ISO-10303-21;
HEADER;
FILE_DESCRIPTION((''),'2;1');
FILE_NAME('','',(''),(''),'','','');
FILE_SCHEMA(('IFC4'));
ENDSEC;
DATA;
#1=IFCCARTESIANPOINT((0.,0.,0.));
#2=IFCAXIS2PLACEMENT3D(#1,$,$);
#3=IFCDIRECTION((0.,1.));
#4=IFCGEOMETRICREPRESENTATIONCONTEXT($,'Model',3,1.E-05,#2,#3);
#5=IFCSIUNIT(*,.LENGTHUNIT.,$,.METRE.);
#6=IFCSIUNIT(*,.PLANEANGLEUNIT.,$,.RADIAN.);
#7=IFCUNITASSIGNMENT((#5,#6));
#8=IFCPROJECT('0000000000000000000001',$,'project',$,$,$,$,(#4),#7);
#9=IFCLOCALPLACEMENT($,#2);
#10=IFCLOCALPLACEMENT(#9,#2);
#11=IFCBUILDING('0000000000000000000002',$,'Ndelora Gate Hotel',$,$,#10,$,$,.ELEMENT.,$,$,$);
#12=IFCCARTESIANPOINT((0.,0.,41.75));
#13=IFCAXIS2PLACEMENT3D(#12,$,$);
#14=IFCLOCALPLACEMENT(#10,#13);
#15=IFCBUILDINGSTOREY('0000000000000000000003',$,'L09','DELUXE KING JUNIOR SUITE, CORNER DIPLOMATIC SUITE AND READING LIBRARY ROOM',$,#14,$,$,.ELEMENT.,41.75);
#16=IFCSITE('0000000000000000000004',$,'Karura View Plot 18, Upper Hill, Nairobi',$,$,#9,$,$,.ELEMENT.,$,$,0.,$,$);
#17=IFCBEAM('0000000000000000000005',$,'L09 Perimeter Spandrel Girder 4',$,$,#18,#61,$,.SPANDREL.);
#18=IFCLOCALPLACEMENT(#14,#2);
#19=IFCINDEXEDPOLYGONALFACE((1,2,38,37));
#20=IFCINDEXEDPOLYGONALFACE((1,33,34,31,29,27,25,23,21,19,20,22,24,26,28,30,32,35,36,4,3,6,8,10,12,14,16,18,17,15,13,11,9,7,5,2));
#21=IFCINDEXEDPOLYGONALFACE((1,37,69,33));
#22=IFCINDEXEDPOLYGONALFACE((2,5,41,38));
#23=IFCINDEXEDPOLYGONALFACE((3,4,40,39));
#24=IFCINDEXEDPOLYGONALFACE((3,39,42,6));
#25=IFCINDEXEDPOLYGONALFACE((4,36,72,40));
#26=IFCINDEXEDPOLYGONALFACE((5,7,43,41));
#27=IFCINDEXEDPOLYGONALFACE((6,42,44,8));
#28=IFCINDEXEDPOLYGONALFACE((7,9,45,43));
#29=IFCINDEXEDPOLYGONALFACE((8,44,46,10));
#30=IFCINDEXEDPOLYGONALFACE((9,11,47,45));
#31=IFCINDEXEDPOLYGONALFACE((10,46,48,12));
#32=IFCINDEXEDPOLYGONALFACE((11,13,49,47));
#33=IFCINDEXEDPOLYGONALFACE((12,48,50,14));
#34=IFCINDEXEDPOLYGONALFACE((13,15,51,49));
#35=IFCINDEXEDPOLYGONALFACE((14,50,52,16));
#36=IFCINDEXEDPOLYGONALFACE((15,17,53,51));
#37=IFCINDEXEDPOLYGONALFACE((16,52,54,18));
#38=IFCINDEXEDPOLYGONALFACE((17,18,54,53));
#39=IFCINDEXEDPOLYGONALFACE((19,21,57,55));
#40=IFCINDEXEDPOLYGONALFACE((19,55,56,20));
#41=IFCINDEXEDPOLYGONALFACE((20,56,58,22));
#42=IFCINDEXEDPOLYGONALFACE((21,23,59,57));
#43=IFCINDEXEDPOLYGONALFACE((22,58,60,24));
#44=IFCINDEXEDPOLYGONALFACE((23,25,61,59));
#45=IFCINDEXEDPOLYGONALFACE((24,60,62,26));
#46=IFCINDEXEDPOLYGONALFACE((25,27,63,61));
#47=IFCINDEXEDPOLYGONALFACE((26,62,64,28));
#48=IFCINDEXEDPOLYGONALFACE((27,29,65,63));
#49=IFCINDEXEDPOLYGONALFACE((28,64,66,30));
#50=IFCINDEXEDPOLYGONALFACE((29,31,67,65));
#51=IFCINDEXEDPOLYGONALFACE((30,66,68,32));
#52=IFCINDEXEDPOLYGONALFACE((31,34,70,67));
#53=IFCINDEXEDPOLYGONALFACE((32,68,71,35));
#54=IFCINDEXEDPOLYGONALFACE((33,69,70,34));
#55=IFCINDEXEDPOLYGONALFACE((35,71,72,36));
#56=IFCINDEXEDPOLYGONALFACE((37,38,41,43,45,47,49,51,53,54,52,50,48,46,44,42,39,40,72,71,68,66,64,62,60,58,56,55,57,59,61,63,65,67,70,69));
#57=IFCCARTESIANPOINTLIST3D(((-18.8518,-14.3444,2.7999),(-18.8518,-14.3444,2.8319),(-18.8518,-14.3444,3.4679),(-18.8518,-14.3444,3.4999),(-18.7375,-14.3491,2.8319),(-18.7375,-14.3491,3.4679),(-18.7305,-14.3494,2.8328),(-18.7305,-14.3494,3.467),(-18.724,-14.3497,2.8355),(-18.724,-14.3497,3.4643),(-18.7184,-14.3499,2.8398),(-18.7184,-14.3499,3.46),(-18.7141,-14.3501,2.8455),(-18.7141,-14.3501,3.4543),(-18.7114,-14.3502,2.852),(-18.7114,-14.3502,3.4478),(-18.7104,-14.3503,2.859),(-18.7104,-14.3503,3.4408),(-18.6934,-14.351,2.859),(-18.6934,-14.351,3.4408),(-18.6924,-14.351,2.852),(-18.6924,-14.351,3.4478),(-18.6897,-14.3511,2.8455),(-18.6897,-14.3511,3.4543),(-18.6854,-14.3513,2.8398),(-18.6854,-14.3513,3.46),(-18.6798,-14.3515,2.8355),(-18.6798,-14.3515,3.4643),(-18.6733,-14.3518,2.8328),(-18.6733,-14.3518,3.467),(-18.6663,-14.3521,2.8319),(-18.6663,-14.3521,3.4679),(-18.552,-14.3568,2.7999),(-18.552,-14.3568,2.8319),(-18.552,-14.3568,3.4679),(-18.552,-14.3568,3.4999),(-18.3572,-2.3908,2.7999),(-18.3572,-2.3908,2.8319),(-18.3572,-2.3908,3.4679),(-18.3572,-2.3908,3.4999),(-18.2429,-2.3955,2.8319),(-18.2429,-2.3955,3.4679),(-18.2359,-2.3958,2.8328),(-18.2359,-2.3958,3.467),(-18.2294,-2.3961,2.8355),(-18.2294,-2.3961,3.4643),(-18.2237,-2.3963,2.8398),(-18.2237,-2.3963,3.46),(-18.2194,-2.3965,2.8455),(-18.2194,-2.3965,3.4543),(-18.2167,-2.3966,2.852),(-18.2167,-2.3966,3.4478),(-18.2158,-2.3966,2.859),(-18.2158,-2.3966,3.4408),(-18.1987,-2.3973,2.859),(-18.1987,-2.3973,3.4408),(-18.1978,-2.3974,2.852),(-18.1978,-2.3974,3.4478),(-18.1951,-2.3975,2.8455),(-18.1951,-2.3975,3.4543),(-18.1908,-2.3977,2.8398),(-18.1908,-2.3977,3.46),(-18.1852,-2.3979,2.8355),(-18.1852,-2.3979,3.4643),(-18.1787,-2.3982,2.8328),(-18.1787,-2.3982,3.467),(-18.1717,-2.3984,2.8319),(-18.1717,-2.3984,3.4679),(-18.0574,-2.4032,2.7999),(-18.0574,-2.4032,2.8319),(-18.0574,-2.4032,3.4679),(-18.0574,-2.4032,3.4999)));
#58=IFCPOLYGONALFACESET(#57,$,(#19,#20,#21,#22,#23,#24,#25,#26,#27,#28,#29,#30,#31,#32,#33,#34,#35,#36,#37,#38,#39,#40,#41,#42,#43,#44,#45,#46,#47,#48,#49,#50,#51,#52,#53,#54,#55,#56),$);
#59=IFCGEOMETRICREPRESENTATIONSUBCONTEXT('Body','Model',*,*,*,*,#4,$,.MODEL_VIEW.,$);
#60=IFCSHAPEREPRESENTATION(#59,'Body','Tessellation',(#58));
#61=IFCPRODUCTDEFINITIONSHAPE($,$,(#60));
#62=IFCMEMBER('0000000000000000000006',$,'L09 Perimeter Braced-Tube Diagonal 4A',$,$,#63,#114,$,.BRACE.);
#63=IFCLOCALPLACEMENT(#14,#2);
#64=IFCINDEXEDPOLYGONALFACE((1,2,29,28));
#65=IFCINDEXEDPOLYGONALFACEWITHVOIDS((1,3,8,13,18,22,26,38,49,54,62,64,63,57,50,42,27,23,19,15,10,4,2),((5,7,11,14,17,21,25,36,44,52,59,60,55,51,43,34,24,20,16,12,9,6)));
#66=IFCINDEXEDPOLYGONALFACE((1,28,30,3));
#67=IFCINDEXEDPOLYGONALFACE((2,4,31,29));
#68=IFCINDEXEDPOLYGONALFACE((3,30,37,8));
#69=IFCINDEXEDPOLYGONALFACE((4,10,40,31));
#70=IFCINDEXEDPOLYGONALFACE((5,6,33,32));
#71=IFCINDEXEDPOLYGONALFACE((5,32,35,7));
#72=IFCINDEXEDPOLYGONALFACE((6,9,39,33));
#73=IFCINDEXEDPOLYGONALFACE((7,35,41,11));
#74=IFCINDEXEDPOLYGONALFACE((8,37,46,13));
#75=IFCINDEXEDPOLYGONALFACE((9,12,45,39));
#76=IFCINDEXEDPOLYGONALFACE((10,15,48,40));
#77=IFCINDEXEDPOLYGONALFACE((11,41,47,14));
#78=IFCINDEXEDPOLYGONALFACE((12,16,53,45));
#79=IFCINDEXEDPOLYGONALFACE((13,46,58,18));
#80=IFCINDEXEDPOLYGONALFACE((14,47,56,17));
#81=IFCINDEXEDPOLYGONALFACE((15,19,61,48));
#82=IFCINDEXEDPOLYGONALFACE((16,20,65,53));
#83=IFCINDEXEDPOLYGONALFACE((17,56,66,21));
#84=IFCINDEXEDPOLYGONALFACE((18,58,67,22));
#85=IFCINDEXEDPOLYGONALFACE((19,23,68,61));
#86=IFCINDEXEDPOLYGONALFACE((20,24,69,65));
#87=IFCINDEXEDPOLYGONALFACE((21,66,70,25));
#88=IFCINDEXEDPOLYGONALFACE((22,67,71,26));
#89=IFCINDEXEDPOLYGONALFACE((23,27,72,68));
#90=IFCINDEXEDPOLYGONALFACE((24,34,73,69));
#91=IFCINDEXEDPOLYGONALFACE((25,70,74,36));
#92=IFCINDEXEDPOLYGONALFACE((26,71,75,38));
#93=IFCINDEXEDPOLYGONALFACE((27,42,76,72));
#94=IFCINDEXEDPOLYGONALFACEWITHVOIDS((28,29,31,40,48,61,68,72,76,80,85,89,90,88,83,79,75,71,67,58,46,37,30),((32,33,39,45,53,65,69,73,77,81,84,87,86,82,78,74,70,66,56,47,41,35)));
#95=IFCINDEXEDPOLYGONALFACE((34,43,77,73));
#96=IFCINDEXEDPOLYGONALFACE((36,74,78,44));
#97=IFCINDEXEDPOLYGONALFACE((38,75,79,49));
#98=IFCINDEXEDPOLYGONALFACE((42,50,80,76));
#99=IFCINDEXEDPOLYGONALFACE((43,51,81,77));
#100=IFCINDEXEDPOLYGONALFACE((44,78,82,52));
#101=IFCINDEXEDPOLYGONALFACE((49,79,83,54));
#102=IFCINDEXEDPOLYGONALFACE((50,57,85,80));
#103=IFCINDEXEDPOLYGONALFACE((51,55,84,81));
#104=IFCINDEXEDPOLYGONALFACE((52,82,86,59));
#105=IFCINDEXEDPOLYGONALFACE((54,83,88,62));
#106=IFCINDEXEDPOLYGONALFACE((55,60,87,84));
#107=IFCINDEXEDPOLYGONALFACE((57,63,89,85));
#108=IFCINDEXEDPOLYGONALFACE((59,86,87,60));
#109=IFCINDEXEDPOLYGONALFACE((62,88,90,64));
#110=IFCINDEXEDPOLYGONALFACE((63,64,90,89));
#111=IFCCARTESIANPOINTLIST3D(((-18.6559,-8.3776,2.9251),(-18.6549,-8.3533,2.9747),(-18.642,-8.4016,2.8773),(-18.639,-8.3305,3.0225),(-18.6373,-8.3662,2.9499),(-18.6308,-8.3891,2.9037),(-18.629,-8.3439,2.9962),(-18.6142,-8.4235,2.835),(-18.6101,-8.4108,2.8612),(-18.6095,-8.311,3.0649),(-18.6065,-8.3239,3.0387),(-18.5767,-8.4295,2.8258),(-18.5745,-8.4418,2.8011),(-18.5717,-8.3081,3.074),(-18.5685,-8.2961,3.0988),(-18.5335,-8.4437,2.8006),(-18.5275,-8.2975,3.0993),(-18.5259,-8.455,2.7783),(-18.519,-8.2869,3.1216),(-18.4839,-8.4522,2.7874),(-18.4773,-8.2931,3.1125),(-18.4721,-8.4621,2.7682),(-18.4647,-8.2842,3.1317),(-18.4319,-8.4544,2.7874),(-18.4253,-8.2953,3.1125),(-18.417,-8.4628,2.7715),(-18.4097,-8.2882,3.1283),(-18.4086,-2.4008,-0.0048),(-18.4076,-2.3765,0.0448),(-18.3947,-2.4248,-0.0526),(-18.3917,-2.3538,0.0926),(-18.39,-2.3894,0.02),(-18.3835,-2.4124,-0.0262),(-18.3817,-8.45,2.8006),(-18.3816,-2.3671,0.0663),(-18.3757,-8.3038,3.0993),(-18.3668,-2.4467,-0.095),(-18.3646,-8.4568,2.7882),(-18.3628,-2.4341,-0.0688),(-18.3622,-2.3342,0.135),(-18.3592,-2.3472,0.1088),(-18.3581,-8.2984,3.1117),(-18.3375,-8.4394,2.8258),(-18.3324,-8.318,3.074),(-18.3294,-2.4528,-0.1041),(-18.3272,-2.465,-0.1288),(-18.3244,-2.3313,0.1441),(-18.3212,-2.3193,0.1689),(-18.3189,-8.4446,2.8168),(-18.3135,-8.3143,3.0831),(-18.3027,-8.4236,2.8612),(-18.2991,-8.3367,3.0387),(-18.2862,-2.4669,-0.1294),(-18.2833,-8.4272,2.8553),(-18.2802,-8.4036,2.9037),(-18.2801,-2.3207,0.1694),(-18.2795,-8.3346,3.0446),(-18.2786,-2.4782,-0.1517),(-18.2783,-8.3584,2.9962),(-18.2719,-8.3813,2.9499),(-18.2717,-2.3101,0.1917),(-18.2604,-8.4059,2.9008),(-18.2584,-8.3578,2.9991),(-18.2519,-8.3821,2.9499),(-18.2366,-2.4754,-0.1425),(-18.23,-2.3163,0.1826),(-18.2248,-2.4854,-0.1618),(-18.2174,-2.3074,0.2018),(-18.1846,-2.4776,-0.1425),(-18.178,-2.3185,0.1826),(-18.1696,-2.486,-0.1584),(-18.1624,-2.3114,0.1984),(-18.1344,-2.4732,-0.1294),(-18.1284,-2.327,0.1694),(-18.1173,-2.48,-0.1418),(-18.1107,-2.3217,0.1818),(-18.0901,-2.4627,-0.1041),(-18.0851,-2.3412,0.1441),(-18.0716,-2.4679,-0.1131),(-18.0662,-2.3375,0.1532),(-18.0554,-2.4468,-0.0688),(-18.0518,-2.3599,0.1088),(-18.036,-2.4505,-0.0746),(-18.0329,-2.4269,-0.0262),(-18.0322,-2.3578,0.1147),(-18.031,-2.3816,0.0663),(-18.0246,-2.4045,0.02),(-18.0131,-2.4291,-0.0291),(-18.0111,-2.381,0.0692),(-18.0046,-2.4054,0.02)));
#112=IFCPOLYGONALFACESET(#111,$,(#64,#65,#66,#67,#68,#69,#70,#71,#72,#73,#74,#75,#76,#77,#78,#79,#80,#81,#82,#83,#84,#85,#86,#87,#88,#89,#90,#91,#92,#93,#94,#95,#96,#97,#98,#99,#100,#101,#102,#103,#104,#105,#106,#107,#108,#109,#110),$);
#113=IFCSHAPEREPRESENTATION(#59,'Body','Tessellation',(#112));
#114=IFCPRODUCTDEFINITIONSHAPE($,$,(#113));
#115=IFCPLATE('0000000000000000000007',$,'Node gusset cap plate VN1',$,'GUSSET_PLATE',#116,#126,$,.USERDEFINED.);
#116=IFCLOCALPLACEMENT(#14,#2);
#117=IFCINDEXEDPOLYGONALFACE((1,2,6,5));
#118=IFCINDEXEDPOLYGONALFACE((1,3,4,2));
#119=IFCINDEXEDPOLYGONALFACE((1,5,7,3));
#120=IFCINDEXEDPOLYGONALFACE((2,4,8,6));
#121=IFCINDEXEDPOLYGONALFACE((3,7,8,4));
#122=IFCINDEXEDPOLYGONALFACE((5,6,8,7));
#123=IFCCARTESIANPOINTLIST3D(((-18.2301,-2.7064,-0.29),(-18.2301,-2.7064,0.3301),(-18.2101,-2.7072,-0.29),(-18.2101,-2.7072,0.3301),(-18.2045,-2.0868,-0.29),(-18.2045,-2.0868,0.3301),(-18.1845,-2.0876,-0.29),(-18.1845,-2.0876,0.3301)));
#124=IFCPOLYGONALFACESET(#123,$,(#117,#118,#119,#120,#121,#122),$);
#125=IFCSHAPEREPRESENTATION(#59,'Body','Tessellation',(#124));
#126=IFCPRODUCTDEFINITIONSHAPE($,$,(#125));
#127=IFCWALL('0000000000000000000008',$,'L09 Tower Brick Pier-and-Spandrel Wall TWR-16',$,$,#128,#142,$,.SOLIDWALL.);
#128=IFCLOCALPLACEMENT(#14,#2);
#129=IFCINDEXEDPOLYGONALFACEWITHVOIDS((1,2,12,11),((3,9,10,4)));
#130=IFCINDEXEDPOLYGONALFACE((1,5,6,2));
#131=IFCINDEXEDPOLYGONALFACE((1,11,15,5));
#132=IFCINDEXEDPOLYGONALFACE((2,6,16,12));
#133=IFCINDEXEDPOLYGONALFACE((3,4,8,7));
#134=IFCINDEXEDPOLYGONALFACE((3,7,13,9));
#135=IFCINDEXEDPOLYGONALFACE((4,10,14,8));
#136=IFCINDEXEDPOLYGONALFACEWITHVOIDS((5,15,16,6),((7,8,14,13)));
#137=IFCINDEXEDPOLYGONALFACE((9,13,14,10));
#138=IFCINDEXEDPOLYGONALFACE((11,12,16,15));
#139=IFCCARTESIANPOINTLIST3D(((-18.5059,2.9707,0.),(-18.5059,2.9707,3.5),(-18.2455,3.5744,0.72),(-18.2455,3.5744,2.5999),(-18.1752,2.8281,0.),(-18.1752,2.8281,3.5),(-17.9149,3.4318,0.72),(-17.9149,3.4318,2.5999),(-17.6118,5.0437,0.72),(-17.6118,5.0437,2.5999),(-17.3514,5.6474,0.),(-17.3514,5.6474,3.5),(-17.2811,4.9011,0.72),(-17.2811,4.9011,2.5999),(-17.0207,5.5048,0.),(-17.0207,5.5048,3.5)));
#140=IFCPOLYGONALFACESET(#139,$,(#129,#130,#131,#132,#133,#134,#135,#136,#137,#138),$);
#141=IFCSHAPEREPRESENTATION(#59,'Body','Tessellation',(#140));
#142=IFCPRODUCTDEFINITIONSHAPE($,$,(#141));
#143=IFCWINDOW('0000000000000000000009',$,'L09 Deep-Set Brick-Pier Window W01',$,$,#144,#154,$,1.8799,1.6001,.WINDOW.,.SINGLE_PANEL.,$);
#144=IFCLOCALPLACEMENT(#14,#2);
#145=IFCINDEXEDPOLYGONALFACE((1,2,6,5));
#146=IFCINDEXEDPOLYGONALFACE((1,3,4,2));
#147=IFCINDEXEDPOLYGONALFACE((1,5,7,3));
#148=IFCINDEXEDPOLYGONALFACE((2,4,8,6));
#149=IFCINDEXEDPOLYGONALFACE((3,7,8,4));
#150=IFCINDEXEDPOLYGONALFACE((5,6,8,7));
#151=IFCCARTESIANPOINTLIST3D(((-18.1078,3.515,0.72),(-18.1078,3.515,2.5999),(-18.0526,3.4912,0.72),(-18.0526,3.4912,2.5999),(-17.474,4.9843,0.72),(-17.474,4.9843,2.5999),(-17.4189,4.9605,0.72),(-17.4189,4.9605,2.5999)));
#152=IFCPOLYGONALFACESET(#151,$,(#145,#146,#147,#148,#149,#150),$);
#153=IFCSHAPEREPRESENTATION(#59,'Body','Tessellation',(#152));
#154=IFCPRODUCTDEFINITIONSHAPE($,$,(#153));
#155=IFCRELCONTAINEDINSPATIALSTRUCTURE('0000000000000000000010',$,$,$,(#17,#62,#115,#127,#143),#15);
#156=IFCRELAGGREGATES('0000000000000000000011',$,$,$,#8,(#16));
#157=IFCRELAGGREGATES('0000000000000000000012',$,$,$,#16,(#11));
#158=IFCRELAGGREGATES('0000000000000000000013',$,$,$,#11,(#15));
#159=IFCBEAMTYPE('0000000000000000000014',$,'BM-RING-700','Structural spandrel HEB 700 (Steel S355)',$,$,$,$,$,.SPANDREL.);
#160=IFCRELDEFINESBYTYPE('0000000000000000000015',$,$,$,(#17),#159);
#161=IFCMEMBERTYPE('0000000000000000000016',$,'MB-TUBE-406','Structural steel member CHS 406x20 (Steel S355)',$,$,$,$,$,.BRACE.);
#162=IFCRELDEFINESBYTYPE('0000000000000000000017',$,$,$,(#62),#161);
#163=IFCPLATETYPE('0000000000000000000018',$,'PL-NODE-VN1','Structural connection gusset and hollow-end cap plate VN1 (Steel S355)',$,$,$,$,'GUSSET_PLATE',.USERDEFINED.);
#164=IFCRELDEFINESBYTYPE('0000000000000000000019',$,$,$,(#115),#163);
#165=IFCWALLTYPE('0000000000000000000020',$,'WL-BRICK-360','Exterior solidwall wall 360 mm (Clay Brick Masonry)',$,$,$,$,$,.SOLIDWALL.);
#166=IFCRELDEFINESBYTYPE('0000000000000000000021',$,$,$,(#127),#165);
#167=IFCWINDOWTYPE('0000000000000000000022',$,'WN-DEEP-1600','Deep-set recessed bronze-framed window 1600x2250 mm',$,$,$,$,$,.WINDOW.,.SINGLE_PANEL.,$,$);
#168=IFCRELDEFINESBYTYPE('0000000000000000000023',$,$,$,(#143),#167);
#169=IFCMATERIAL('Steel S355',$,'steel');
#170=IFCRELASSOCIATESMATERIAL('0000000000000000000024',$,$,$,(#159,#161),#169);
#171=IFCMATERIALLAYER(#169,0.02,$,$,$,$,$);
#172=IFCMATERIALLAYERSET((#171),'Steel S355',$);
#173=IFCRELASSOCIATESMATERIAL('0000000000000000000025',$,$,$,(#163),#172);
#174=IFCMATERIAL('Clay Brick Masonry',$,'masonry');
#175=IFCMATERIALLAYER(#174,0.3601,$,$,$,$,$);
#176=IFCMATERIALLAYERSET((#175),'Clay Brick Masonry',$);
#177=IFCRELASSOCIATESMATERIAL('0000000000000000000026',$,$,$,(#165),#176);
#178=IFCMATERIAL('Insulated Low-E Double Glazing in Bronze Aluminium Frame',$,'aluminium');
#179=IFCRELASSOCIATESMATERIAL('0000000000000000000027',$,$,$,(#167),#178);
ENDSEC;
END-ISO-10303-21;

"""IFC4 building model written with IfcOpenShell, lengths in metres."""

from ifc_helpers import new_model, si_unit, direction, frame, frame_2d, origin, origin_2d, place, context, subcontext, project, spatial, rectangle, hollow_circle, i_section, extrude, material, layer, layer_set, material_profile, profile_set, type_object, element, fill, save


model = new_model("IFC4")

# Units and contexts
model_context = context("Model", 3, precision=1e-05, world=origin(), true_north=direction((0.0, 1.0)))
body_context = subcontext(model_context, "Body", "Model", "MODEL_VIEW")
ifc_project = project(units=[si_unit("LENGTHUNIT", "METRE"), si_unit("PLANEANGLEUNIT", "RADIAN")], contexts=[model_context])

# Site, building, storey
site_placement = place(None, origin())
site = spatial("IfcSite", under=ifc_project, at=site_placement, Name="Karura View Plot 18, Upper Hill, Nairobi", CompositionType="ELEMENT", RefElevation=0.0)
building_placement = place(site_placement, origin())
building = spatial("IfcBuilding", under=site, at=building_placement, Name="Ndelora Gate Hotel", CompositionType="ELEMENT")
storey_placement = place(building_placement, frame((0.0, 0.0, 41.75)))
storey = spatial("IfcBuildingStorey", under=building, at=storey_placement, Name="L09", Description="DELUXE KING JUNIOR SUITE, CORNER DIPLOMATIC SUITE AND READING LIBRARY ROOM", CompositionType="ELEMENT", Elevation=41.75)

# Beam
ifc_material_1 = material(Name="Steel S355", Category="steel")
ifc_material_profile_1 = material_profile(ifc_material_1, i_section(OverallWidth=0.3, OverallDepth=0.7, WebThickness=0.0171, FlangeThickness=0.032, FilletRadius=0.0271, at=origin_2d()), Name="HEB 700")
ifc_profile_set_1 = profile_set([ifc_material_profile_1], Name="Steel S355")
beam_type_1 = type_object("IfcBeamType", Name="BM-RING-700", Description="Structural spandrel HEB 700 (Steel S355)", PredefinedType="SPANDREL", material=ifc_profile_set_1)
beam_1_placement = place(storey_placement, frame((-18.2073, -2.397, 3.1499), z_axis=(-0.041344, -0.999145, 0.0), x_axis=(0.999145, -0.041344, 0.0)))
element("IfcBeam", 1, at=beam_1_placement, inside=storey, type_object=beam_type_1, Name="L09 Perimeter Spandrel Girder 4", PredefinedType="SPANDREL", context=body_context, shape_type="SweptSolid", body=[
    extrude(i_section(OverallWidth=0.3, OverallDepth=0.7, WebThickness=0.0171, FlangeThickness=0.032, FilletRadius=0.0271, at=origin_2d()), origin(), (0.0, 0.0, 1.0), 11.9639),
])

# Member
ifc_material_profile_2 = material_profile(ifc_material_1, hollow_circle(Radius=0.2029, WallThickness=0.02, at=origin_2d()), Name="CHS 406x20")
ifc_profile_set_2 = profile_set([ifc_material_profile_2], Name="Steel S355")
member_type = type_object("IfcMemberType", Name="MB-TUBE-406", Description="Structural steel member CHS 406x20 (Steel S355)", PredefinedType="BRACE", material=ifc_profile_set_2)
member_placement = place(storey_placement, frame((-18.2073, -2.397, 0.02), z_axis=(-0.037129, -0.897294, 0.439869), x_axis=(0.999145, -0.041344, 0.0)))
element("IfcMember", 2, at=member_placement, inside=storey, type_object=member_type, Name="L09 Perimeter Braced-Tube Diagonal 4A", PredefinedType="BRACE", context=body_context, shape_type="SweptSolid", body=[
    extrude(hollow_circle(Radius=0.2029, WallThickness=0.02, at=origin_2d()), origin(), (0.0, 0.0, 1.0), 6.6609),
])

# Plate
ifc_layer_1 = layer(ifc_material_1, 0.02)
ifc_layer_set_1 = layer_set([ifc_layer_1], Name="Steel S355")
plate_type = type_object("IfcPlateType", Name="PL-NODE-VN1", Description="Structural connection gusset and hollow-end cap plate VN1 (Steel S355)", ElementType="GUSSET_PLATE", PredefinedType="USERDEFINED", material=ifc_layer_set_1)
plate_placement = place(storey_placement, frame((-18.2073, -2.397, -0.29), z_axis=(0.0, 0.0, 1.0), x_axis=(0.041353, 0.999145, 0.0)))
element("IfcPlate", 3, at=plate_placement, inside=storey, type_object=plate_type, Name="Node gusset cap plate VN1", ObjectType="GUSSET_PLATE", PredefinedType="USERDEFINED", context=body_context, shape_type="SweptSolid", body=[
    extrude(rectangle(XDim=0.6201, YDim=0.02, at=origin_2d()), origin(), (0.0, 0.0, 1.0), 0.6201),
])

# Wall, opening, window
ifc_material_2 = material(Name="Clay Brick Masonry", Category="masonry")
ifc_layer_2 = layer(ifc_material_2, 0.3601)
ifc_layer_set_2 = layer_set([ifc_layer_2], Name="Clay Brick Masonry")
wall_type_1 = type_object("IfcWallType", Name="WL-BRICK-360", Description="Exterior solidwall wall 360 mm (Clay Brick Masonry)", PredefinedType="SOLIDWALL", material=ifc_layer_set_2)
wall_1_placement = place(storey_placement, frame((-18.3406, 2.8994, 0.0), z_axis=(0.0, 0.0, 1.0), x_axis=(0.396051, 0.918229, 0.0)))
wall_1 = element("IfcWall", 4, at=wall_1_placement, inside=storey, type_object=wall_type_1, Name="L09 Tower Brick Pier-and-Spandrel Wall TWR-16", PredefinedType="SOLIDWALL", context=body_context, shape_type="SweptSolid", body=[
    extrude(rectangle(XDim=2.915, YDim=0.3601, at=frame_2d((1.4575, 0.0))), origin(), (0.0, 0.0, 1.0), 3.5),
])
opening_1_placement = place(wall_1_placement, frame((0.6575, 0.0, 0.72)))
opening_1 = element("IfcOpeningElement", 5, at=opening_1_placement, cuts=wall_1, PredefinedType="OPENING", context=body_context, shape_type="SweptSolid", body=[
    extrude(rectangle(XDim=1.6001, YDim=1.8799, at=frame_2d((0.8, 0.9399))), frame((0.0, 0.1899, 0.0), z_axis=(0.0, -1.0, 0.0), x_axis=(1.0, 0.0, 0.0)), (0.0, 0.0, 1.0), 0.3801),
])
ifc_material_3 = material(Name="Insulated Low-E Double Glazing in Bronze Aluminium Frame", Category="aluminium")
window_type_1 = type_object("IfcWindowType", Name="WN-DEEP-1600", Description="Deep-set recessed bronze-framed window 1600x2250 mm", PartitioningType="SINGLE_PANEL", PredefinedType="WINDOW", material=ifc_material_3)
window_1_placement = place(opening_1_placement, origin())
window_1 = element("IfcWindow", 6, at=window_1_placement, inside=storey, type_object=window_type_1, Name="L09 Deep-Set Brick-Pier Window W01", OverallHeight=1.8799, OverallWidth=1.6001, PartitioningType="SINGLE_PANEL", PredefinedType="WINDOW", context=body_context, shape_type="SweptSolid", body=[
    extrude(rectangle(XDim=1.6001, YDim=1.8799, at=frame_2d((0.8, 0.9399))), frame((0.0, 0.03, 0.0), z_axis=(0.0, -1.0, 0.0), x_axis=(1.0, 0.0, 0.0)), (0.0, 0.0, 1.0), 0.0601),
])
fill(opening_1, window_1)

save(model, "model.ifc")
